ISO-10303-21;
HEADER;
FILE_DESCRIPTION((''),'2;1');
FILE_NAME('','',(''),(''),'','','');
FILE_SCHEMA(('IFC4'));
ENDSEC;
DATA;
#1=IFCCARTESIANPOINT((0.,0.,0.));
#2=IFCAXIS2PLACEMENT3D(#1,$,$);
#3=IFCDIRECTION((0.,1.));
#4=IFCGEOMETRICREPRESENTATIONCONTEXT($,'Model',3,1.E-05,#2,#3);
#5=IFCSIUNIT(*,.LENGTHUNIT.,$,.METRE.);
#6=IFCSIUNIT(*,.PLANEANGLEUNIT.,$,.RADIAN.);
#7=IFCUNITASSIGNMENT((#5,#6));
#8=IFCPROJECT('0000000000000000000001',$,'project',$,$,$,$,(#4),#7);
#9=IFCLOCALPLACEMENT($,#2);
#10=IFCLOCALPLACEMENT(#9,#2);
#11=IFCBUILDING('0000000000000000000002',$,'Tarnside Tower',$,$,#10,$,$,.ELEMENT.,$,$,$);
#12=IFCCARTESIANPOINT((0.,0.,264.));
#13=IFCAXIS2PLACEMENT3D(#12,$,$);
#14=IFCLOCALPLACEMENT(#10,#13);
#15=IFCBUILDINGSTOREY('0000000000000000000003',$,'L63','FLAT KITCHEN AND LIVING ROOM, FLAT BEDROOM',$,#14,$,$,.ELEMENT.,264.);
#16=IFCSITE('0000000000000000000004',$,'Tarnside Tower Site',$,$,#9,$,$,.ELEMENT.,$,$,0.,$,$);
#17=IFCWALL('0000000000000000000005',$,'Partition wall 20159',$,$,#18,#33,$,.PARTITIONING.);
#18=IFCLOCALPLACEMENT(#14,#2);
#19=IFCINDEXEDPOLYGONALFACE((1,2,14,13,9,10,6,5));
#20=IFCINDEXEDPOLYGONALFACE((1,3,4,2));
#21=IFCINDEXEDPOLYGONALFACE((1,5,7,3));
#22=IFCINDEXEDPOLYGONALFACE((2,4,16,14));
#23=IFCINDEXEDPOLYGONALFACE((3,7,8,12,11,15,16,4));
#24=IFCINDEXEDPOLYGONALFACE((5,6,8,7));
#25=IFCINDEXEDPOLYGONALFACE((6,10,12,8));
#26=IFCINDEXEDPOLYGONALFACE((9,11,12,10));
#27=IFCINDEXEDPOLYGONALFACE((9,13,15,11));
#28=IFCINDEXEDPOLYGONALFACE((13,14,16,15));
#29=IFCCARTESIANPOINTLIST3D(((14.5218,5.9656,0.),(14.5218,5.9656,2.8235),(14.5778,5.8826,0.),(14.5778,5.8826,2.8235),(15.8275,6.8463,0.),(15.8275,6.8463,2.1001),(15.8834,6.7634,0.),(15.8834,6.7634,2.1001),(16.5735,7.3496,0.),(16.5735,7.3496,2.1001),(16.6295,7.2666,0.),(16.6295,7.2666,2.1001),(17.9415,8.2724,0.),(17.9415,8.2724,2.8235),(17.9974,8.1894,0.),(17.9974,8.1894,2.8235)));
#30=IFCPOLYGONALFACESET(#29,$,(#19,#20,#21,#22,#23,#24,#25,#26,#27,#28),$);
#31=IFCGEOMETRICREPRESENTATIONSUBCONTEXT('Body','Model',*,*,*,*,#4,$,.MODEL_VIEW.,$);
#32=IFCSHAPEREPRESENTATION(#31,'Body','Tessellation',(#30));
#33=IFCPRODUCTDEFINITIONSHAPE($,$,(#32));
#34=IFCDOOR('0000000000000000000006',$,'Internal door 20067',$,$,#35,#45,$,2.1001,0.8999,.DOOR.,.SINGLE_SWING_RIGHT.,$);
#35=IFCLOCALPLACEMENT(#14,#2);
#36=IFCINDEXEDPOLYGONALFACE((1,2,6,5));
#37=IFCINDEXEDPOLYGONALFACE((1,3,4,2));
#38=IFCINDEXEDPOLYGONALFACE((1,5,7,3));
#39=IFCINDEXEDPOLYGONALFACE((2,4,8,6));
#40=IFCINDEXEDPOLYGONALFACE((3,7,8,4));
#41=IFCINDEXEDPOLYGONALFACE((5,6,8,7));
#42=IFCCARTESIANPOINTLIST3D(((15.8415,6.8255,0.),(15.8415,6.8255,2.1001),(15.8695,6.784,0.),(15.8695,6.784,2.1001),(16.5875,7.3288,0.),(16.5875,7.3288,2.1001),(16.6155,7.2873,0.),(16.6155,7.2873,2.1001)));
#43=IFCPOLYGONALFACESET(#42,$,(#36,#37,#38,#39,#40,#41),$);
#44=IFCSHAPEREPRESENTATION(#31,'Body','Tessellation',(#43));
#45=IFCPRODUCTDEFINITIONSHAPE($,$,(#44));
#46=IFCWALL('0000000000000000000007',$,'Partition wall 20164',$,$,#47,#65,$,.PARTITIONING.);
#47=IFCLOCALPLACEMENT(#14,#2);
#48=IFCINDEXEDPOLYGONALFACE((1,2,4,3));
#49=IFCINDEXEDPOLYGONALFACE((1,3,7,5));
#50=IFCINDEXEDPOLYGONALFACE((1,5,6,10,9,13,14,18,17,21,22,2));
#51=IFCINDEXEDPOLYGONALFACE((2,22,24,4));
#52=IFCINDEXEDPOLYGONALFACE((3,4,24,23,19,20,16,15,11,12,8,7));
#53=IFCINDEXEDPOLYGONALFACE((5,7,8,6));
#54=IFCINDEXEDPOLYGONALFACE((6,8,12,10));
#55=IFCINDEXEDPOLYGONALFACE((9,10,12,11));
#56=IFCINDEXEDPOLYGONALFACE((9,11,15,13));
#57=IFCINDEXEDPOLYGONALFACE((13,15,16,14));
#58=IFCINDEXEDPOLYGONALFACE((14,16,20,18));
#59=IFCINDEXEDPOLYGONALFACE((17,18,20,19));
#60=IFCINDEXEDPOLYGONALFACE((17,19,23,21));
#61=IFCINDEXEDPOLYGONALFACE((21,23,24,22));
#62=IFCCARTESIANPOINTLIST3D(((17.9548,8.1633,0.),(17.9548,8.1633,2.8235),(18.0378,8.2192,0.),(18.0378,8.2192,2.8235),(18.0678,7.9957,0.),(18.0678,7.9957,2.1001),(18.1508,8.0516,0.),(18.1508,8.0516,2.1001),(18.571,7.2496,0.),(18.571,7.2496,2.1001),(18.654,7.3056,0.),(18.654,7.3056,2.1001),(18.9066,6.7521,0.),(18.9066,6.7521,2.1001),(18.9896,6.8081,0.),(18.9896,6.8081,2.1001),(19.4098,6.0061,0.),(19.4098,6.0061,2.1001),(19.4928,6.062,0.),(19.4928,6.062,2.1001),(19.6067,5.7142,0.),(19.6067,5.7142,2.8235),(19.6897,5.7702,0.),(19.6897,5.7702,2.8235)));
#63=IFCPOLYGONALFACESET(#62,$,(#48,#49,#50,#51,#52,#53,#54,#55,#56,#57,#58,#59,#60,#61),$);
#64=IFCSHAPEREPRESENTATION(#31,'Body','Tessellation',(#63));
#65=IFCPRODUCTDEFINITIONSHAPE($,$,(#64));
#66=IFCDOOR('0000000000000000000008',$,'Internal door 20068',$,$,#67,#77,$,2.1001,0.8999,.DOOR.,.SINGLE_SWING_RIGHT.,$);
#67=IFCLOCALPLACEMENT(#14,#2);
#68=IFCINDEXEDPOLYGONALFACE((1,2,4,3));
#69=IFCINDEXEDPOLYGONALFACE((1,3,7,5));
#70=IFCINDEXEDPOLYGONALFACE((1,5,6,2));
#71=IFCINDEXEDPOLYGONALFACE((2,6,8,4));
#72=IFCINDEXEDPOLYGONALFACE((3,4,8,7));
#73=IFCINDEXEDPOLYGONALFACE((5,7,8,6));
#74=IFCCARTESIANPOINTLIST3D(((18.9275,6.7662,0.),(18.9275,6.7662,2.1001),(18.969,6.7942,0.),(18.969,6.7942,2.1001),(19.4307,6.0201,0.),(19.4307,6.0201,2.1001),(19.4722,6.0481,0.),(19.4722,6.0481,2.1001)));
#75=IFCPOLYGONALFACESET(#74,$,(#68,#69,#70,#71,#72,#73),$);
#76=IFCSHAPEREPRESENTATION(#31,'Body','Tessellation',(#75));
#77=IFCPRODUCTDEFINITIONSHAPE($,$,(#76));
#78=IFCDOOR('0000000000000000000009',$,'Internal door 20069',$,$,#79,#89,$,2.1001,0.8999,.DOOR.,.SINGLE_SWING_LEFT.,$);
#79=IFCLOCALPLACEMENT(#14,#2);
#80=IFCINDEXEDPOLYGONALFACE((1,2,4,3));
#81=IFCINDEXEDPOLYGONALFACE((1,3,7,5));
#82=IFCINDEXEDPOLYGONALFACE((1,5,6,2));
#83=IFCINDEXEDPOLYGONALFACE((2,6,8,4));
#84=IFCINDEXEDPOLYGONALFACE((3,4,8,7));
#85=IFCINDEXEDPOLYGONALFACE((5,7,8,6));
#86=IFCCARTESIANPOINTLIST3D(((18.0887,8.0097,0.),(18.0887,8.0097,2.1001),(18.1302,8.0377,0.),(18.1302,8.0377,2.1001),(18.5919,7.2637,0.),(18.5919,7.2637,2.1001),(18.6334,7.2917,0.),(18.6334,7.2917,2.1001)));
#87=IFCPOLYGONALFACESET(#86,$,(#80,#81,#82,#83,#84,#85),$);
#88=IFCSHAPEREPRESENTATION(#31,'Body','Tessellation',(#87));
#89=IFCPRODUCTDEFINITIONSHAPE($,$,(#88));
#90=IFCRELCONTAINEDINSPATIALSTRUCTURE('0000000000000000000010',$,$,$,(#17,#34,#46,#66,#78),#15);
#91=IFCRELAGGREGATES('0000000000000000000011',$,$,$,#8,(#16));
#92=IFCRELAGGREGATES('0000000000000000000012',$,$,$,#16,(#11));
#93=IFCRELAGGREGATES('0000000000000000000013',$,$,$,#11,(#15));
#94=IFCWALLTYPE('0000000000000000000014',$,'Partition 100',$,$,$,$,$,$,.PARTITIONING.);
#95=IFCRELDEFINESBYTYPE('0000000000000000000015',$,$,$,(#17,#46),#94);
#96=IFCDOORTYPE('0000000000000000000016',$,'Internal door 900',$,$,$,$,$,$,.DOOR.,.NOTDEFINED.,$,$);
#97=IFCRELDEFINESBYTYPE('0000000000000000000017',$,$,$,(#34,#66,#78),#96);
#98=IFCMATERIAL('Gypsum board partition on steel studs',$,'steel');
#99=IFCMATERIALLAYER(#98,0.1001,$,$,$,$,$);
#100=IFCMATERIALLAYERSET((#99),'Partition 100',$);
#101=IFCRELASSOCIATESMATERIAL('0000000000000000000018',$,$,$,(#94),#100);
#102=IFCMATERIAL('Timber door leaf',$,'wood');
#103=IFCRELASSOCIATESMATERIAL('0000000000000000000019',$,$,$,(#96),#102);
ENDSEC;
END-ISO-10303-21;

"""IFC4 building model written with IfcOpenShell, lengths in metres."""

from ifc_helpers import new_model, si_unit, direction, frame, frame_2d, origin, place, context, subcontext, project, spatial, rectangle, extrude, material, layer, layer_set, type_object, element, fill, save


model = new_model("IFC4")

# Units and contexts
model_context = context("Model", 3, precision=1e-05, world=origin(), true_north=direction((0.0, 1.0)))
body_context = subcontext(model_context, "Body", "Model", "MODEL_VIEW")
ifc_project = project(units=[si_unit("LENGTHUNIT", "METRE"), si_unit("PLANEANGLEUNIT", "RADIAN")], contexts=[model_context])

# Site, building, storey
site_placement = place(None, origin())
site = spatial("IfcSite", under=ifc_project, at=site_placement, Name="Tarnside Tower Site", CompositionType="ELEMENT", RefElevation=0.0)
building_placement = place(site_placement, origin())
building = spatial("IfcBuilding", under=site, at=building_placement, Name="Tarnside Tower", CompositionType="ELEMENT")
storey_placement = place(building_placement, frame((0.0, 0.0, 264.0)))
storey = spatial("IfcBuildingStorey", under=building, at=storey_placement, Name="L63", Description="FLAT KITCHEN AND LIVING ROOM, FLAT BEDROOM", CompositionType="ELEMENT", Elevation=264.0)

# Shared definitions
ifc_material_1 = material(Name="Gypsum board partition on steel studs", Category="steel")
ifc_material_2 = material(Name="Timber door leaf", Category="wood")

# Wall, opening, door
ifc_layer_1 = layer(ifc_material_1, 0.1001)
ifc_layer_set_1 = layer_set([ifc_layer_1], Name="Partition 100")
wall_type_1 = type_object("IfcWallType", Name="Partition 100", PredefinedType="PARTITIONING", material=ifc_layer_set_1)
wall_1_placement = place(storey_placement, frame((14.5498, 5.9241, 0.0), z_axis=(0.0, 0.0, 1.0), x_axis=(0.829006, 0.55924, 0.0)))
wall_1 = element("IfcWall", 1, at=wall_1_placement, inside=storey, type_object=wall_type_1, Name="Partition wall 20159", PredefinedType="PARTITIONING", context=body_context, shape_type="SweptSolid", body=[
    extrude(rectangle(XDim=4.125, YDim=0.1001, at=frame_2d((2.0625, 0.0))), origin(), (0.0, 0.0, 1.0), 2.8235),
])
opening_1_placement = place(wall_1_placement, frame((1.575, 0.0, 0.0)))
opening_1 = element("IfcOpeningElement", 2, at=opening_1_placement, cuts=wall_1, PredefinedType="OPENING", context=body_context, shape_type="SweptSolid", body=[
    extrude(rectangle(XDim=0.8999, YDim=2.1001, at=frame_2d((0.45, 1.05))), frame((0.0, 0.0601, 0.0), z_axis=(0.0, -1.0, 0.0), x_axis=(1.0, 0.0, 0.0)), (0.0, 0.0, 1.0), 0.1201),
])
door_type_1 = type_object("IfcDoorType", Name="Internal door 900", OperationType="NOTDEFINED", PredefinedType="DOOR", material=ifc_material_2)
door_1_placement = place(opening_1_placement, origin())
door_1 = element("IfcDoor", 3, at=door_1_placement, inside=storey, type_object=door_type_1, Name="Internal door 20067", OperationType="SINGLE_SWING_RIGHT", OverallHeight=2.1001, OverallWidth=0.8999, PredefinedType="DOOR", context=body_context, shape_type="SweptSolid", body=[
    extrude(rectangle(XDim=0.8999, YDim=2.1001, at=frame_2d((0.45, 1.05))), frame((0.0, 0.0249, 0.0), z_axis=(0.0, -1.0, 0.0), x_axis=(1.0, 0.0, 0.0)), (0.0, 0.0, 1.0), 0.05),
])
fill(opening_1, door_1)

# Wall, openings, doors
wall_2_placement = place(storey_placement, frame((19.6482, 5.7422, 0.0), z_axis=(0.0, 0.0, 1.0), x_axis=(-0.559193, 0.829037, 0.0)))
wall_2 = element("IfcWall", 4, at=wall_2_placement, inside=storey, type_object=wall_type_1, Name="Partition wall 20164", PredefinedType="PARTITIONING", context=body_context, shape_type="SweptSolid", body=[
    extrude(rectangle(XDim=2.9541, YDim=0.1001, at=frame_2d((1.4771, 0.0))), origin(), (0.0, 0.0, 1.0), 2.8235),
])
opening_2_placement = place(wall_2_placement, frame((0.3521, 0.0, 0.0)))
opening_2 = element("IfcOpeningElement", 5, at=opening_2_placement, cuts=wall_2, PredefinedType="OPENING", context=body_context, shape_type="SweptSolid", body=[
    extrude(rectangle(XDim=0.8999, YDim=2.1001, at=frame_2d((0.45, 1.05))), frame((0.0, 0.0601, 0.0), z_axis=(0.0, -1.0, 0.0), x_axis=(1.0, 0.0, 0.0)), (0.0, 0.0, 1.0), 0.1201),
])
opening_3_placement = place(wall_2_placement, frame((1.8521, 0.0, 0.0)))
opening_3 = element("IfcOpeningElement", 6, at=opening_3_placement, cuts=wall_2, PredefinedType="OPENING", context=body_context, shape_type="SweptSolid", body=[
    extrude(rectangle(XDim=0.8999, YDim=2.1001, at=frame_2d((0.45, 1.05))), frame((0.0, 0.0601, 0.0), z_axis=(0.0, -1.0, 0.0), x_axis=(1.0, 0.0, 0.0)), (0.0, 0.0, 1.0), 0.1201),
])
door_2_placement = place(opening_2_placement, origin())
door_2 = element("IfcDoor", 7, at=door_2_placement, inside=storey, type_object=door_type_1, Name="Internal door 20068", OperationType="SINGLE_SWING_RIGHT", OverallHeight=2.1001, OverallWidth=0.8999, PredefinedType="DOOR", context=body_context, shape_type="SweptSolid", body=[
    extrude(rectangle(XDim=0.8999, YDim=2.1001, at=frame_2d((0.45, 1.05))), frame((0.0, 0.0249, 0.0), z_axis=(0.0, -1.0, 0.0), x_axis=(1.0, 0.0, 0.0)), (0.0, 0.0, 1.0), 0.05),
])
fill(opening_2, door_2)
door_3_placement = place(opening_3_placement, origin())
door_3 = element("IfcDoor", 8, at=door_3_placement, inside=storey, type_object=door_type_1, Name="Internal door 20069", OperationType="SINGLE_SWING_LEFT", OverallHeight=2.1001, OverallWidth=0.8999, PredefinedType="DOOR", context=body_context, shape_type="SweptSolid", body=[
    extrude(rectangle(XDim=0.8999, YDim=2.1001, at=frame_2d((0.45, 1.05))), frame((0.0, 0.0249, 0.0), z_axis=(0.0, -1.0, 0.0), x_axis=(1.0, 0.0, 0.0)), (0.0, 0.0, 1.0), 0.05),
])
fill(opening_3, door_3)

save(model, "model.ifc")
